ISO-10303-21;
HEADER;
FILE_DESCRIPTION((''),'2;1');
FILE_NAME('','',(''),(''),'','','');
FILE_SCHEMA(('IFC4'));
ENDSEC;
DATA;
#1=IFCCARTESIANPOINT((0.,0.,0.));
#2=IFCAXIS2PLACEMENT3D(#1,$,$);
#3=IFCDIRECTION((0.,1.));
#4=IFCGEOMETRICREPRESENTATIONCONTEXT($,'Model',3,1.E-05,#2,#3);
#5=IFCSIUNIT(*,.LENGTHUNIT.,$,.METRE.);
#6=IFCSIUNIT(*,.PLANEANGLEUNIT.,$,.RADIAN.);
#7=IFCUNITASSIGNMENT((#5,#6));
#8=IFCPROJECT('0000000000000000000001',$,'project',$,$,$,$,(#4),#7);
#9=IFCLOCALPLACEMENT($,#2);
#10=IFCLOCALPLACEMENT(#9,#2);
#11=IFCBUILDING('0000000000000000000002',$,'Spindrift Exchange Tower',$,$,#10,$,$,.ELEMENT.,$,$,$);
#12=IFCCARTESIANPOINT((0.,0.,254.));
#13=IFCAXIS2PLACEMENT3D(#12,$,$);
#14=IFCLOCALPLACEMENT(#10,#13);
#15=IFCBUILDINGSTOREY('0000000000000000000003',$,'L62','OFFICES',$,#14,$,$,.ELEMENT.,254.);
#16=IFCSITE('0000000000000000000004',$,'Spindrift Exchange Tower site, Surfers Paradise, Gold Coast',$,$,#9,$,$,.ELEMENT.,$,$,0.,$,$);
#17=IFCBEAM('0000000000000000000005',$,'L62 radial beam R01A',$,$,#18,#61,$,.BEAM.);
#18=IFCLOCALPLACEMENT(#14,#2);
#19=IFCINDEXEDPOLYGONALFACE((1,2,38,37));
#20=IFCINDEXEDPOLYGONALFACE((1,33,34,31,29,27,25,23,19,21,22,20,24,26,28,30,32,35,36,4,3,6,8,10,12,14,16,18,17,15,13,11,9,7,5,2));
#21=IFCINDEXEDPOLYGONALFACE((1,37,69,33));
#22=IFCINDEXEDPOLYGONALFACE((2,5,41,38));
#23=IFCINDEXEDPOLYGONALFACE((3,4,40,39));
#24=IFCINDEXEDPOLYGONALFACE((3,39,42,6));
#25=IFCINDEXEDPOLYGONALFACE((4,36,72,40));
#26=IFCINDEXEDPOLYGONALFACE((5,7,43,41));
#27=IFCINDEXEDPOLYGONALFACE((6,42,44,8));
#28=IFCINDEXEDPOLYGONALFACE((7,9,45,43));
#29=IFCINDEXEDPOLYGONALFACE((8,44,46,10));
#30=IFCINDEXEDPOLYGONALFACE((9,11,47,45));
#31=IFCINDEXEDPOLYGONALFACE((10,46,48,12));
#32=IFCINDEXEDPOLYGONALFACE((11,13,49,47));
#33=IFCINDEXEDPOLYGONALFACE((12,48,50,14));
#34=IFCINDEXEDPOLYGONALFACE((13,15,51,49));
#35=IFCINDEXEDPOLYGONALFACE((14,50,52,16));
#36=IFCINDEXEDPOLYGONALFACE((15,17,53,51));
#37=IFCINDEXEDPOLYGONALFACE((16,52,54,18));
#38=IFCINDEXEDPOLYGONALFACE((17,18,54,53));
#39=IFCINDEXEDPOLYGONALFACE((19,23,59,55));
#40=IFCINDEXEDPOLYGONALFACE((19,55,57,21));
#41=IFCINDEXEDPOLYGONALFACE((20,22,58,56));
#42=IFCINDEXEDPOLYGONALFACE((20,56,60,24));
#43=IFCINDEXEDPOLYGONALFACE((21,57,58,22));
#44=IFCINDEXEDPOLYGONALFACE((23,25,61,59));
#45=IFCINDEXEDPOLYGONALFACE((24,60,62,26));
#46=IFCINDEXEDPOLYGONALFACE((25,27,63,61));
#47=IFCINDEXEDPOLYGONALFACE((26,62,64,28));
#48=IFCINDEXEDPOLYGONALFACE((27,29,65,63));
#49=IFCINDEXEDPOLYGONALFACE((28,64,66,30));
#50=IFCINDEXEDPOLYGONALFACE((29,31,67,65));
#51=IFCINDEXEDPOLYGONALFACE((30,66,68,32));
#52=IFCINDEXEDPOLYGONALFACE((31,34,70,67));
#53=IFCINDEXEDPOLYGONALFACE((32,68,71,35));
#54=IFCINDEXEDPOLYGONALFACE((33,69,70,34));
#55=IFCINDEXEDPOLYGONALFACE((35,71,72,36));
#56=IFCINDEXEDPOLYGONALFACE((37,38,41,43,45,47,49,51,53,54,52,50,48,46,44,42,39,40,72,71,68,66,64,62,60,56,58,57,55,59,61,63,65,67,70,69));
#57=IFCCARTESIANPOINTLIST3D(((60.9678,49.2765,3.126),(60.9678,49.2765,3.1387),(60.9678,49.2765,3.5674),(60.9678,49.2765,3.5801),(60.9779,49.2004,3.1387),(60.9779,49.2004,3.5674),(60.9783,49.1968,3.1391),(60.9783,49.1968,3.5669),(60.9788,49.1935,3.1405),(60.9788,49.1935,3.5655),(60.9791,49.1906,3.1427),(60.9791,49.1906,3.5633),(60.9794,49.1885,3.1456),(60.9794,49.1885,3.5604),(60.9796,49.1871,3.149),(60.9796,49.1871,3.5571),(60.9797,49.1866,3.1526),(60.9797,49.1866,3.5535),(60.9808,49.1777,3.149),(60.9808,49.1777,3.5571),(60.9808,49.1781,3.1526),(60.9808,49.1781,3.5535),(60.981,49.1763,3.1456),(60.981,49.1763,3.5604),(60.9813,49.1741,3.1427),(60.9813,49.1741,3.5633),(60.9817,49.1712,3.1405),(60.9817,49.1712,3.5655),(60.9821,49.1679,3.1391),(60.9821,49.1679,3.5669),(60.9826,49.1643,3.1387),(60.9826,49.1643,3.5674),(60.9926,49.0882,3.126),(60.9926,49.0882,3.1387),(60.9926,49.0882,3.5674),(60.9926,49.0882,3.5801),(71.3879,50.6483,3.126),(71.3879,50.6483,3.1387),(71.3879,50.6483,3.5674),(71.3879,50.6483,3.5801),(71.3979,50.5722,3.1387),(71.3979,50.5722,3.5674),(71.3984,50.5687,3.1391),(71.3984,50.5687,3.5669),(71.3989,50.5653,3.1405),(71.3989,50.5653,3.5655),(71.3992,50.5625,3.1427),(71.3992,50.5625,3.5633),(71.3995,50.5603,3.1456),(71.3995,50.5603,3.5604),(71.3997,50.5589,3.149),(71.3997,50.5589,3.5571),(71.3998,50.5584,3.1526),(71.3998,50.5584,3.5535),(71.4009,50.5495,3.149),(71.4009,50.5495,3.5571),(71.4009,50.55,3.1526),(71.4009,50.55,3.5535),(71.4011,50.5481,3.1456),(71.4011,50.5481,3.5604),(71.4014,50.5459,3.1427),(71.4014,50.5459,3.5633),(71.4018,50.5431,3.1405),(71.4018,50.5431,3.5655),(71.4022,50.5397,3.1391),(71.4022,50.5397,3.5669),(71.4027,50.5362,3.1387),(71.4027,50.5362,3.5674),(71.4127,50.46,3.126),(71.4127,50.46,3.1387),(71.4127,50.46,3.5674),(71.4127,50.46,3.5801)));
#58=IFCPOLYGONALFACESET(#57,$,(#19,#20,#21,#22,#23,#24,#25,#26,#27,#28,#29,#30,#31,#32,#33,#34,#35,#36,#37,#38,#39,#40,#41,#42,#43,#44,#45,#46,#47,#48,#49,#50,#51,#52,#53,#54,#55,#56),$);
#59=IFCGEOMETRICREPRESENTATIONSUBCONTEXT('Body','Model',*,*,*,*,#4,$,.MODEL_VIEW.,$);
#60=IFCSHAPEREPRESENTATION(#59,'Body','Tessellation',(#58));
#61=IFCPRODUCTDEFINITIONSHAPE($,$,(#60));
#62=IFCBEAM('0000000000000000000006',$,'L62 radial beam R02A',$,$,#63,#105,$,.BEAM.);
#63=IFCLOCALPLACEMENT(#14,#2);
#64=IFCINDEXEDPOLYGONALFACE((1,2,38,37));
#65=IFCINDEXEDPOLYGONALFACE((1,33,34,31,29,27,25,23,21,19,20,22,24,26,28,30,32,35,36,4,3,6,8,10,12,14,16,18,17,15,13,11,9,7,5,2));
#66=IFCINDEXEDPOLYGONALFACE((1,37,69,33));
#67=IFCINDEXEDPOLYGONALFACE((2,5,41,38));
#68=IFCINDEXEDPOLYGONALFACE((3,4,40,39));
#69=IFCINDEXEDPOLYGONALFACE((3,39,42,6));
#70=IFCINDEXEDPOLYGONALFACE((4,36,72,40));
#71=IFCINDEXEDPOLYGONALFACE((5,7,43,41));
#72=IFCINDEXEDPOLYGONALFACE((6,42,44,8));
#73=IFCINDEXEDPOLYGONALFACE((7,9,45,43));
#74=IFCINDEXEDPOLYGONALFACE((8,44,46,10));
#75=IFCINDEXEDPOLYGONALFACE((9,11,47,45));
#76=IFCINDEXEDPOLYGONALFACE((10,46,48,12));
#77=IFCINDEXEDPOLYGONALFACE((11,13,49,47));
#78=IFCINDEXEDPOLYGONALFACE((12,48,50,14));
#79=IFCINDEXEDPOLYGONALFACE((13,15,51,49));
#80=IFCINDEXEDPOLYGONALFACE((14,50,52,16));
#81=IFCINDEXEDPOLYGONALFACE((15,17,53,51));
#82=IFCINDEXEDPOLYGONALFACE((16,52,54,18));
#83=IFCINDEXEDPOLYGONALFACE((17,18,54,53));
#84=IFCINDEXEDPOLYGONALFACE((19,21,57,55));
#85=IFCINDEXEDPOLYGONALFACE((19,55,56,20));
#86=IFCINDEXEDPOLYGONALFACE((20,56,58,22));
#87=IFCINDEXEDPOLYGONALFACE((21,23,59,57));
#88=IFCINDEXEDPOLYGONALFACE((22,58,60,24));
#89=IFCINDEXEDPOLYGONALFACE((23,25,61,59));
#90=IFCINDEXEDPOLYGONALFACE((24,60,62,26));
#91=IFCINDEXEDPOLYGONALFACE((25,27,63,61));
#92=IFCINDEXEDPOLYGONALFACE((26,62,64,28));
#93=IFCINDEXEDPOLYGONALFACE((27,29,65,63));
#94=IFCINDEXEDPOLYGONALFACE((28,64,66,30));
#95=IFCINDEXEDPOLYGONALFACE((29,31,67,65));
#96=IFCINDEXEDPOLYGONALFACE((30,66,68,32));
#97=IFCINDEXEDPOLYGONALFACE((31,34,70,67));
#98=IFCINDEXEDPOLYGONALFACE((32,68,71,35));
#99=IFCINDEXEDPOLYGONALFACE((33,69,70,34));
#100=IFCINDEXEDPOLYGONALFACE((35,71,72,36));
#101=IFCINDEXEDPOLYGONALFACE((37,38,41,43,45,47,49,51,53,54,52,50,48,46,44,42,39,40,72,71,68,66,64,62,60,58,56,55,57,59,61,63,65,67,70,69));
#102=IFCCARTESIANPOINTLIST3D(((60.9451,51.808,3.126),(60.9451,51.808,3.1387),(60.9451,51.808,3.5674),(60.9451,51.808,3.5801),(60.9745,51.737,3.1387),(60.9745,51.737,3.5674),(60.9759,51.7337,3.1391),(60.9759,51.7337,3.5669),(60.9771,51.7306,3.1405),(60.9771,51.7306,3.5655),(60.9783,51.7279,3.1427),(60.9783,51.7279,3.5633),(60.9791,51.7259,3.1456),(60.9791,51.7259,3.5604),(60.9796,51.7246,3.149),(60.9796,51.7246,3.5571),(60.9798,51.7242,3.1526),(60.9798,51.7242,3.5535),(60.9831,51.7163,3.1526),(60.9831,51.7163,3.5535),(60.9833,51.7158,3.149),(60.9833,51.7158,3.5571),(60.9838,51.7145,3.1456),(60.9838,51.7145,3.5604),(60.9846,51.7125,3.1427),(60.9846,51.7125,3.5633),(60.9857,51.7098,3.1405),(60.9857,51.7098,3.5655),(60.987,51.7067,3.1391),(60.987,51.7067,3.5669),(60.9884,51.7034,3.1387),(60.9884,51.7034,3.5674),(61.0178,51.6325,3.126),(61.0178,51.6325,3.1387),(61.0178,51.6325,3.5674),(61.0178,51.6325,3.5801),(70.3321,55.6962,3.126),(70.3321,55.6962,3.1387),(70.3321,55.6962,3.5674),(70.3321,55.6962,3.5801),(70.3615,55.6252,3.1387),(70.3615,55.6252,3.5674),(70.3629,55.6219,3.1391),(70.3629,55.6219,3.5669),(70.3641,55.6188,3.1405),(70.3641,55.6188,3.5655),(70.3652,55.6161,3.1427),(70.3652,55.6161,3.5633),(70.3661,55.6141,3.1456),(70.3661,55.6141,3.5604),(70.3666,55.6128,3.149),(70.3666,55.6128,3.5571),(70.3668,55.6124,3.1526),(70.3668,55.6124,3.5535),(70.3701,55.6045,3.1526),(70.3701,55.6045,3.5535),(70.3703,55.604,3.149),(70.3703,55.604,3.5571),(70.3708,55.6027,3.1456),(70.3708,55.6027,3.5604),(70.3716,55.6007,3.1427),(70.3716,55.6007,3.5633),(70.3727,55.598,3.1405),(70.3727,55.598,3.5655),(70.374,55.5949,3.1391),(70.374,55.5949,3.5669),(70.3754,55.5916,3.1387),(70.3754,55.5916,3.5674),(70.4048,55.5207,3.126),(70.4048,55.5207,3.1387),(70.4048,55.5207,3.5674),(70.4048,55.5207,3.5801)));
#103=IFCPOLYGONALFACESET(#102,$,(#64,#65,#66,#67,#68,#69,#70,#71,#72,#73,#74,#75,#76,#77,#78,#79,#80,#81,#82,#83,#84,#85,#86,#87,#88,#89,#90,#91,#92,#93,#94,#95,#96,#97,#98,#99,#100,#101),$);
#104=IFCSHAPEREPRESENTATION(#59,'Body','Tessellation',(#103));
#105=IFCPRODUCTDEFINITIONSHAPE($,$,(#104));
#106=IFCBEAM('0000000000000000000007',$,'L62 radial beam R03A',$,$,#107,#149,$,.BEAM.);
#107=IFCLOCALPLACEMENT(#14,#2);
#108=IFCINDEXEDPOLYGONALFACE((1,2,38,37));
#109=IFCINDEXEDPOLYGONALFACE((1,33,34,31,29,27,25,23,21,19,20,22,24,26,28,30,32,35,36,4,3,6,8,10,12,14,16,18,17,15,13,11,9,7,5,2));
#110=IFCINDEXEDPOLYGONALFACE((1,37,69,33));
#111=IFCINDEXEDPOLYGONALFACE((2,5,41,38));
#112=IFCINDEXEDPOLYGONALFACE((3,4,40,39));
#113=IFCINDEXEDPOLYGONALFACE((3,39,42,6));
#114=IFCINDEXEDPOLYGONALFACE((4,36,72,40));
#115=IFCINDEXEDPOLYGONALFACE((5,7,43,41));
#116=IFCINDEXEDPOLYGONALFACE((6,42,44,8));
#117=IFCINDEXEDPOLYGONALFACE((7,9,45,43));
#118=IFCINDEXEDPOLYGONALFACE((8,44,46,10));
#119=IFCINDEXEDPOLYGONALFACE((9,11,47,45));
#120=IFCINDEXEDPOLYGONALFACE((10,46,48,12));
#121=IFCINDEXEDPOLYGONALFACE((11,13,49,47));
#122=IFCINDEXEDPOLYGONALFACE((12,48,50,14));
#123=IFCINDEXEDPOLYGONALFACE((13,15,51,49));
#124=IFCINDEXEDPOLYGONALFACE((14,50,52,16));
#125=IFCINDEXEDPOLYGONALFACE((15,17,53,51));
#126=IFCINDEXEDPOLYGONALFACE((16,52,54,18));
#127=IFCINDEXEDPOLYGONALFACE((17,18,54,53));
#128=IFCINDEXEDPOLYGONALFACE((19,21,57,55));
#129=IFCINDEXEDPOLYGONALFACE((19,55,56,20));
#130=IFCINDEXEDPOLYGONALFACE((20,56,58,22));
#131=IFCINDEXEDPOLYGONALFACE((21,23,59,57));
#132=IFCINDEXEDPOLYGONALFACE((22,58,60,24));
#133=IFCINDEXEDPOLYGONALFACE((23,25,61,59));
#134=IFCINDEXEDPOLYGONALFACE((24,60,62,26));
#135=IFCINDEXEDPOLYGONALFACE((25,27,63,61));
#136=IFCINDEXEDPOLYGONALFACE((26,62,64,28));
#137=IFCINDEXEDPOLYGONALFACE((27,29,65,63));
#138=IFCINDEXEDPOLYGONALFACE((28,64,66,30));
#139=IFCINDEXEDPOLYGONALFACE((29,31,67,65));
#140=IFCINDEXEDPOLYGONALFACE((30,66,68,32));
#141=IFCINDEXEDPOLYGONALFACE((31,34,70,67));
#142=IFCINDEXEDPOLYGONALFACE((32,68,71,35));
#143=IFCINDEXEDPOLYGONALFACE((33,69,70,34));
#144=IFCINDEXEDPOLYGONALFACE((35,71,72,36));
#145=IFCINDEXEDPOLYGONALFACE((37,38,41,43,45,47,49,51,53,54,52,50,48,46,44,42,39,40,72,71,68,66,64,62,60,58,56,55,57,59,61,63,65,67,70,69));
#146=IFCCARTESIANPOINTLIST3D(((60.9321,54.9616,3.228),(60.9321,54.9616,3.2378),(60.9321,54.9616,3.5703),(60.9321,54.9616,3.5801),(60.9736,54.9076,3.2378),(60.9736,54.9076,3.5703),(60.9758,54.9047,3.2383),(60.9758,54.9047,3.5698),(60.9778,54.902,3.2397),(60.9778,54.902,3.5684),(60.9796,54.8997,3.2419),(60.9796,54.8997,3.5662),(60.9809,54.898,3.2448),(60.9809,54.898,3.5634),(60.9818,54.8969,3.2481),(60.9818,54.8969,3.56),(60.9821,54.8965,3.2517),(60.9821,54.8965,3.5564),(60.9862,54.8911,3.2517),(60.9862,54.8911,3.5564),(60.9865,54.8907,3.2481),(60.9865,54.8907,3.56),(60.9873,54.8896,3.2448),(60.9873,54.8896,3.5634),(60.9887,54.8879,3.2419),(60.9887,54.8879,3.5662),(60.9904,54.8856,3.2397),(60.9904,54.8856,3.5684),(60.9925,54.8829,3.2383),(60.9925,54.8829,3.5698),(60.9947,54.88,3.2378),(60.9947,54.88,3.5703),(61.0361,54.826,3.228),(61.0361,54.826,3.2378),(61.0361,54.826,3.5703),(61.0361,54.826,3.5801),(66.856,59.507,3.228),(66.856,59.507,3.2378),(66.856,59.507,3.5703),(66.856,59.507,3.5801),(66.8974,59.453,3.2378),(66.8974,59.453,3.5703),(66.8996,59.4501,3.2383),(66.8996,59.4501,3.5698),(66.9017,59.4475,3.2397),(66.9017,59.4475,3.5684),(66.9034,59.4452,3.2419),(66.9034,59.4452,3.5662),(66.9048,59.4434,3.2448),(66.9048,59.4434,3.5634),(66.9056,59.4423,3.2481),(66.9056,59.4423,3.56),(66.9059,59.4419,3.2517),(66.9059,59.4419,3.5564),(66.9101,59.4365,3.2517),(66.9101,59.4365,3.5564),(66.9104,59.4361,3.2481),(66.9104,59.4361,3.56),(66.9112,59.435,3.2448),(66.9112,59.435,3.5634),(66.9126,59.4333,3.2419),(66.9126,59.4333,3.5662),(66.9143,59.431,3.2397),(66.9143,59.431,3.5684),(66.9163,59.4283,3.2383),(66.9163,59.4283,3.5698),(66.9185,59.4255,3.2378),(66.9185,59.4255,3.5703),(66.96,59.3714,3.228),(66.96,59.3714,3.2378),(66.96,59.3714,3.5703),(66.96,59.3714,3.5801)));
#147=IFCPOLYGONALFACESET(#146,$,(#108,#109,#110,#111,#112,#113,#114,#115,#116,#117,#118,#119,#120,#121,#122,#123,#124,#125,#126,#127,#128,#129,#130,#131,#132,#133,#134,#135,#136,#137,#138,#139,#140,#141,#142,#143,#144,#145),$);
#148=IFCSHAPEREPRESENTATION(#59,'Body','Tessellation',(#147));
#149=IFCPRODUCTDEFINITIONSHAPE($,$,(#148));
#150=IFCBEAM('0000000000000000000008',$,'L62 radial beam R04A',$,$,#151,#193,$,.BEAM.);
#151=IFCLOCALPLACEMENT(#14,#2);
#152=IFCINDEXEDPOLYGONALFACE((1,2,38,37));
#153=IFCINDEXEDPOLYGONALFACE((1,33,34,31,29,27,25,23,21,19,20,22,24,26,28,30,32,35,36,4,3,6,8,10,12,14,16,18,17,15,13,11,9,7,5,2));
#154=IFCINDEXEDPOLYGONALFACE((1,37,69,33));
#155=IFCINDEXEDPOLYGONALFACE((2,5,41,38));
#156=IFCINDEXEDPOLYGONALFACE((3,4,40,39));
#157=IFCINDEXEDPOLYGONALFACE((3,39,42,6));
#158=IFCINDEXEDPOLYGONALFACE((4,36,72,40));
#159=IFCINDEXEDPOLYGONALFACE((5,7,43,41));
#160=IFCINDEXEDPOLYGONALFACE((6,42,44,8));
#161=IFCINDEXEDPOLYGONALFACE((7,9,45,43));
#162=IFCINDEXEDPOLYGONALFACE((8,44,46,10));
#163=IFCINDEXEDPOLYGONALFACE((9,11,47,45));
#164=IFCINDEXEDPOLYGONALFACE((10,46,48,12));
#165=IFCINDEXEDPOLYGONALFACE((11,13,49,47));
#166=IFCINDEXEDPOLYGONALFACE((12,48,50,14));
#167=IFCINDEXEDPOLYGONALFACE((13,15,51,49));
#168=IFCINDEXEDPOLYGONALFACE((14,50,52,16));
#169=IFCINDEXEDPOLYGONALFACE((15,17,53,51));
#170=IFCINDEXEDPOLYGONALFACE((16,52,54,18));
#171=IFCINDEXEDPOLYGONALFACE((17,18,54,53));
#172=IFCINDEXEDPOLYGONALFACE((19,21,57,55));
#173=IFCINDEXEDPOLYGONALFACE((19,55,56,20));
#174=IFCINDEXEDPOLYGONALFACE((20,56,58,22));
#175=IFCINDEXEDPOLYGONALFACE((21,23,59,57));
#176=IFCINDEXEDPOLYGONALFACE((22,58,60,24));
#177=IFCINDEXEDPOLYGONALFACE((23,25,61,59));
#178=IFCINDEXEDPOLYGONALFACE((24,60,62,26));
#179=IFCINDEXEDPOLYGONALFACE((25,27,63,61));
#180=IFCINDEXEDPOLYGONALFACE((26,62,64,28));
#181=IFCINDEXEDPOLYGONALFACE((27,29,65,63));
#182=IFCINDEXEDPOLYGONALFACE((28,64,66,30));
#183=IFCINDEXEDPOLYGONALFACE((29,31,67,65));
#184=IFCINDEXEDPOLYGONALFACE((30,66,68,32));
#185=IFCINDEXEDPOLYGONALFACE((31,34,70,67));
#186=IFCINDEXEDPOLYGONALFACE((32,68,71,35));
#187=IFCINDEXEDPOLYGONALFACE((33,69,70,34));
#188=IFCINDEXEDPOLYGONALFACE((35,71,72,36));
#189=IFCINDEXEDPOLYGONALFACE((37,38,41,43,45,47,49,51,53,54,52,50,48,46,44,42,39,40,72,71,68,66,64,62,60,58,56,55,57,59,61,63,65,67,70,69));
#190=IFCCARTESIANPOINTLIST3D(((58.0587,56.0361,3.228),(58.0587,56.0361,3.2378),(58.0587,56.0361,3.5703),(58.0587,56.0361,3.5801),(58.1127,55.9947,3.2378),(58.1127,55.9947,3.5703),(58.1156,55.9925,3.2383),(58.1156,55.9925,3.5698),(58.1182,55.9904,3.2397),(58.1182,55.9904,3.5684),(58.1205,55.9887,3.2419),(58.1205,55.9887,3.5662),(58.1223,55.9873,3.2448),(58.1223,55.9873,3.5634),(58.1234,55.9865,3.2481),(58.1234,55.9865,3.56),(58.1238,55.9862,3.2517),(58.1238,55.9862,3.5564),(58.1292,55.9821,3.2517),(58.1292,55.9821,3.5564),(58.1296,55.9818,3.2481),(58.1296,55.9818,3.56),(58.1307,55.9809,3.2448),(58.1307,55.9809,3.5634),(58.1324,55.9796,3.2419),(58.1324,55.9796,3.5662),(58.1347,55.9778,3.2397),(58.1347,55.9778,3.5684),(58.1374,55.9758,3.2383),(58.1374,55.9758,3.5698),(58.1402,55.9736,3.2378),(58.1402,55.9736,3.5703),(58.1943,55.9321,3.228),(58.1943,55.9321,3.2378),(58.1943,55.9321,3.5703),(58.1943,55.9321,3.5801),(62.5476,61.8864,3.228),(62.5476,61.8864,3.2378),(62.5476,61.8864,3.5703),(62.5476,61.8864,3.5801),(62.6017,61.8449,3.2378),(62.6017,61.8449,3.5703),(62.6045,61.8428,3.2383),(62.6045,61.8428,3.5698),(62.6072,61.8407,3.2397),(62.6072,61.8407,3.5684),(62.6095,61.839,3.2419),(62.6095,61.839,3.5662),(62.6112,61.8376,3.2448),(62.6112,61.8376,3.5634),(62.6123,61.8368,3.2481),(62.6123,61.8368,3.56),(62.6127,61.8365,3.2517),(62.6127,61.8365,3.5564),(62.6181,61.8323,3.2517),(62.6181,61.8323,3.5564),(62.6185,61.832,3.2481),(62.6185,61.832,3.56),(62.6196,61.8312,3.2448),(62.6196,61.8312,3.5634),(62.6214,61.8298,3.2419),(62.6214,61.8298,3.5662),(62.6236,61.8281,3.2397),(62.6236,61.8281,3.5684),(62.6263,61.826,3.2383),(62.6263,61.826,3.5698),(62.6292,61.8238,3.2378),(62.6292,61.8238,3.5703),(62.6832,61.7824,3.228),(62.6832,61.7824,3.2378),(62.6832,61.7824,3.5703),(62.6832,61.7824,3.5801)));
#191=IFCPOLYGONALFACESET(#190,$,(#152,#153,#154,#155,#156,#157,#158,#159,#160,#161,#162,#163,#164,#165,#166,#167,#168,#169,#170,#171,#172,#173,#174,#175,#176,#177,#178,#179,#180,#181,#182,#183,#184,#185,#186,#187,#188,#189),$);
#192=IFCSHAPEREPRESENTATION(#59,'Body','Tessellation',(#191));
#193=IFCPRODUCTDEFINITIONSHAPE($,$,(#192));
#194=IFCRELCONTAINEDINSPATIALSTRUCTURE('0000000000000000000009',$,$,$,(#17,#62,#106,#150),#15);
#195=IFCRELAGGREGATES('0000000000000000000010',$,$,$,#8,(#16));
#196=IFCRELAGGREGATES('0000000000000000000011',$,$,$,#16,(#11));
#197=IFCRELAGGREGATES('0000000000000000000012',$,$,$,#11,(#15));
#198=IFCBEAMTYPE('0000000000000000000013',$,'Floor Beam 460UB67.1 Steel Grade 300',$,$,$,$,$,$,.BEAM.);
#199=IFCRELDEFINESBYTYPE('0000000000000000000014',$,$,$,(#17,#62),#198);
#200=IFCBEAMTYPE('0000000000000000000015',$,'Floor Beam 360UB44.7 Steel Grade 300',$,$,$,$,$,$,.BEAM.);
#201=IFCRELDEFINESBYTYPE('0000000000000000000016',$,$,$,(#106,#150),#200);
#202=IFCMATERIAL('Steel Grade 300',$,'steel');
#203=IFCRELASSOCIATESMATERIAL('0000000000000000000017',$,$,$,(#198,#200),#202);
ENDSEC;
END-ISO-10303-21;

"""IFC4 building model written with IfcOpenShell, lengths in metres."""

from ifc_helpers import new_model, si_unit, direction, frame, origin, origin_2d, place, context, subcontext, project, spatial, i_section, extrude, source, transform, mapped, material, material_profile, profile_set, type_object, element, save


model = new_model("IFC4")

# Units and contexts
model_context = context("Model", 3, precision=1e-05, world=origin(), true_north=direction((0.0, 1.0)))
body_context = subcontext(model_context, "Body", "Model", "MODEL_VIEW")
ifc_project = project(units=[si_unit("LENGTHUNIT", "METRE"), si_unit("PLANEANGLEUNIT", "RADIAN")], contexts=[model_context])

# Site, building, storey
site_placement = place(None, origin())
site = spatial("IfcSite", under=ifc_project, at=site_placement, Name="Spindrift Exchange Tower site, Surfers Paradise, Gold Coast", CompositionType="ELEMENT", RefElevation=0.0)
building_placement = place(site_placement, origin())
building = spatial("IfcBuilding", under=site, at=building_placement, Name="Spindrift Exchange Tower", CompositionType="ELEMENT")
storey_placement = place(building_placement, frame((0.0, 0.0, 254.0)))
storey = spatial("IfcBuildingStorey", under=building, at=storey_placement, Name="L62", Description="OFFICES", CompositionType="ELEMENT", Elevation=254.0)

# Beams
ifc_material_1 = material(Name="Steel Grade 300", Category="steel")
ifc_material_profile_1 = material_profile(ifc_material_1, i_section(OverallWidth=0.1899, OverallDepth=0.4541, WebThickness=0.0085, FlangeThickness=0.0127, FilletRadius=0.0139, at=origin_2d()), Name="460UB67.1")
ifc_profile_set_1 = profile_set([ifc_material_profile_1], Name="Steel Grade 300")
beam_type_1 = type_object("IfcBeamType", Name="Floor Beam 460UB67.1 Steel Grade 300", PredefinedType="BEAM", material=ifc_profile_set_1)
shared_shape_1 = source(origin(), body_context, "Body", "SweptSolid", [
    extrude(i_section(OverallWidth=0.1899, OverallDepth=0.4541, WebThickness=0.0085, FlangeThickness=0.0127, FilletRadius=0.0139, at=origin_2d()), origin(), (0.0, 0.0, 1.0), 10.51),
])
beam_1_placement = place(storey_placement, frame((60.9802, 49.1824, 3.353), z_axis=(0.991445, 0.130525, 0.0), x_axis=(-0.130525, 0.991445, 0.0)))
element("IfcBeam", 1, at=beam_1_placement, inside=storey, type_object=beam_type_1, Name="L62 radial beam R01A", PredefinedType="BEAM", context=body_context, shape_type="MappedRepresentation", body=[
    mapped(shared_shape_1, transform((0.0, 0.0, 0.0), scale=1.0)),
])
shared_shape_2 = source(origin(), body_context, "Body", "SweptSolid", [
    extrude(i_section(OverallWidth=0.1899, OverallDepth=0.4541, WebThickness=0.0085, FlangeThickness=0.0127, FilletRadius=0.0139, at=origin_2d()), origin(), (0.0, 0.0, 1.0), 10.1604),
])
beam_2_placement = place(storey_placement, frame((60.9814, 51.7202, 3.353), z_axis=(0.92388, 0.382681, 0.0), x_axis=(-0.382681, 0.92388, 0.0)))
element("IfcBeam", 2, at=beam_2_placement, inside=storey, type_object=beam_type_1, Name="L62 radial beam R02A", PredefinedType="BEAM", context=body_context, shape_type="MappedRepresentation", body=[
    mapped(shared_shape_2, transform((0.0, 0.0, 0.0), scale=1.0)),
])
ifc_material_profile_2 = material_profile(ifc_material_1, i_section(OverallWidth=0.1709, OverallDepth=0.3521, WebThickness=0.0068, FlangeThickness=0.0098, FilletRadius=0.0139, at=origin_2d()), Name="360UB44.7")
ifc_profile_set_2 = profile_set([ifc_material_profile_2], Name="Steel Grade 300")
beam_type_2 = type_object("IfcBeamType", Name="Floor Beam 360UB44.7 Steel Grade 300", PredefinedType="BEAM", material=ifc_profile_set_2)
shared_shape_3 = source(origin(), body_context, "Body", "SweptSolid", [
    extrude(i_section(OverallWidth=0.1709, OverallDepth=0.3521, WebThickness=0.0068, FlangeThickness=0.0098, FilletRadius=0.0139, at=origin_2d()), origin(), (0.0, 0.0, 1.0), 7.4668),
])
beam_3_placement = place(storey_placement, frame((60.9841, 54.8938, 3.4041), z_axis=(0.79336, 0.608753, 0.0), x_axis=(-0.608753, 0.79336, 0.0)))
element("IfcBeam", 3, at=beam_3_placement, inside=storey, type_object=beam_type_2, Name="L62 radial beam R03A", PredefinedType="BEAM", context=body_context, shape_type="MappedRepresentation", body=[
    mapped(shared_shape_3, transform((0.0, 0.0, 0.0), scale=1.0)),
])
shared_shape_4 = source(origin(), body_context, "Body", "SweptSolid", [
    extrude(i_section(OverallWidth=0.1709, OverallDepth=0.3521, WebThickness=0.0068, FlangeThickness=0.0098, FilletRadius=0.0139, at=origin_2d()), origin(), (0.0, 0.0, 1.0), 7.374),
])
beam_4_placement = place(storey_placement, frame((58.1265, 55.9841, 3.4041), z_axis=(0.608752, 0.793361, 0.0), x_axis=(-0.793361, 0.608752, 0.0)))
element("IfcBeam", 4, at=beam_4_placement, inside=storey, type_object=beam_type_2, Name="L62 radial beam R04A", PredefinedType="BEAM", context=body_context, shape_type="MappedRepresentation", body=[
    mapped(shared_shape_4, transform((0.0, 0.0, 0.0), scale=1.0)),
])

save(model, "model.ifc")
